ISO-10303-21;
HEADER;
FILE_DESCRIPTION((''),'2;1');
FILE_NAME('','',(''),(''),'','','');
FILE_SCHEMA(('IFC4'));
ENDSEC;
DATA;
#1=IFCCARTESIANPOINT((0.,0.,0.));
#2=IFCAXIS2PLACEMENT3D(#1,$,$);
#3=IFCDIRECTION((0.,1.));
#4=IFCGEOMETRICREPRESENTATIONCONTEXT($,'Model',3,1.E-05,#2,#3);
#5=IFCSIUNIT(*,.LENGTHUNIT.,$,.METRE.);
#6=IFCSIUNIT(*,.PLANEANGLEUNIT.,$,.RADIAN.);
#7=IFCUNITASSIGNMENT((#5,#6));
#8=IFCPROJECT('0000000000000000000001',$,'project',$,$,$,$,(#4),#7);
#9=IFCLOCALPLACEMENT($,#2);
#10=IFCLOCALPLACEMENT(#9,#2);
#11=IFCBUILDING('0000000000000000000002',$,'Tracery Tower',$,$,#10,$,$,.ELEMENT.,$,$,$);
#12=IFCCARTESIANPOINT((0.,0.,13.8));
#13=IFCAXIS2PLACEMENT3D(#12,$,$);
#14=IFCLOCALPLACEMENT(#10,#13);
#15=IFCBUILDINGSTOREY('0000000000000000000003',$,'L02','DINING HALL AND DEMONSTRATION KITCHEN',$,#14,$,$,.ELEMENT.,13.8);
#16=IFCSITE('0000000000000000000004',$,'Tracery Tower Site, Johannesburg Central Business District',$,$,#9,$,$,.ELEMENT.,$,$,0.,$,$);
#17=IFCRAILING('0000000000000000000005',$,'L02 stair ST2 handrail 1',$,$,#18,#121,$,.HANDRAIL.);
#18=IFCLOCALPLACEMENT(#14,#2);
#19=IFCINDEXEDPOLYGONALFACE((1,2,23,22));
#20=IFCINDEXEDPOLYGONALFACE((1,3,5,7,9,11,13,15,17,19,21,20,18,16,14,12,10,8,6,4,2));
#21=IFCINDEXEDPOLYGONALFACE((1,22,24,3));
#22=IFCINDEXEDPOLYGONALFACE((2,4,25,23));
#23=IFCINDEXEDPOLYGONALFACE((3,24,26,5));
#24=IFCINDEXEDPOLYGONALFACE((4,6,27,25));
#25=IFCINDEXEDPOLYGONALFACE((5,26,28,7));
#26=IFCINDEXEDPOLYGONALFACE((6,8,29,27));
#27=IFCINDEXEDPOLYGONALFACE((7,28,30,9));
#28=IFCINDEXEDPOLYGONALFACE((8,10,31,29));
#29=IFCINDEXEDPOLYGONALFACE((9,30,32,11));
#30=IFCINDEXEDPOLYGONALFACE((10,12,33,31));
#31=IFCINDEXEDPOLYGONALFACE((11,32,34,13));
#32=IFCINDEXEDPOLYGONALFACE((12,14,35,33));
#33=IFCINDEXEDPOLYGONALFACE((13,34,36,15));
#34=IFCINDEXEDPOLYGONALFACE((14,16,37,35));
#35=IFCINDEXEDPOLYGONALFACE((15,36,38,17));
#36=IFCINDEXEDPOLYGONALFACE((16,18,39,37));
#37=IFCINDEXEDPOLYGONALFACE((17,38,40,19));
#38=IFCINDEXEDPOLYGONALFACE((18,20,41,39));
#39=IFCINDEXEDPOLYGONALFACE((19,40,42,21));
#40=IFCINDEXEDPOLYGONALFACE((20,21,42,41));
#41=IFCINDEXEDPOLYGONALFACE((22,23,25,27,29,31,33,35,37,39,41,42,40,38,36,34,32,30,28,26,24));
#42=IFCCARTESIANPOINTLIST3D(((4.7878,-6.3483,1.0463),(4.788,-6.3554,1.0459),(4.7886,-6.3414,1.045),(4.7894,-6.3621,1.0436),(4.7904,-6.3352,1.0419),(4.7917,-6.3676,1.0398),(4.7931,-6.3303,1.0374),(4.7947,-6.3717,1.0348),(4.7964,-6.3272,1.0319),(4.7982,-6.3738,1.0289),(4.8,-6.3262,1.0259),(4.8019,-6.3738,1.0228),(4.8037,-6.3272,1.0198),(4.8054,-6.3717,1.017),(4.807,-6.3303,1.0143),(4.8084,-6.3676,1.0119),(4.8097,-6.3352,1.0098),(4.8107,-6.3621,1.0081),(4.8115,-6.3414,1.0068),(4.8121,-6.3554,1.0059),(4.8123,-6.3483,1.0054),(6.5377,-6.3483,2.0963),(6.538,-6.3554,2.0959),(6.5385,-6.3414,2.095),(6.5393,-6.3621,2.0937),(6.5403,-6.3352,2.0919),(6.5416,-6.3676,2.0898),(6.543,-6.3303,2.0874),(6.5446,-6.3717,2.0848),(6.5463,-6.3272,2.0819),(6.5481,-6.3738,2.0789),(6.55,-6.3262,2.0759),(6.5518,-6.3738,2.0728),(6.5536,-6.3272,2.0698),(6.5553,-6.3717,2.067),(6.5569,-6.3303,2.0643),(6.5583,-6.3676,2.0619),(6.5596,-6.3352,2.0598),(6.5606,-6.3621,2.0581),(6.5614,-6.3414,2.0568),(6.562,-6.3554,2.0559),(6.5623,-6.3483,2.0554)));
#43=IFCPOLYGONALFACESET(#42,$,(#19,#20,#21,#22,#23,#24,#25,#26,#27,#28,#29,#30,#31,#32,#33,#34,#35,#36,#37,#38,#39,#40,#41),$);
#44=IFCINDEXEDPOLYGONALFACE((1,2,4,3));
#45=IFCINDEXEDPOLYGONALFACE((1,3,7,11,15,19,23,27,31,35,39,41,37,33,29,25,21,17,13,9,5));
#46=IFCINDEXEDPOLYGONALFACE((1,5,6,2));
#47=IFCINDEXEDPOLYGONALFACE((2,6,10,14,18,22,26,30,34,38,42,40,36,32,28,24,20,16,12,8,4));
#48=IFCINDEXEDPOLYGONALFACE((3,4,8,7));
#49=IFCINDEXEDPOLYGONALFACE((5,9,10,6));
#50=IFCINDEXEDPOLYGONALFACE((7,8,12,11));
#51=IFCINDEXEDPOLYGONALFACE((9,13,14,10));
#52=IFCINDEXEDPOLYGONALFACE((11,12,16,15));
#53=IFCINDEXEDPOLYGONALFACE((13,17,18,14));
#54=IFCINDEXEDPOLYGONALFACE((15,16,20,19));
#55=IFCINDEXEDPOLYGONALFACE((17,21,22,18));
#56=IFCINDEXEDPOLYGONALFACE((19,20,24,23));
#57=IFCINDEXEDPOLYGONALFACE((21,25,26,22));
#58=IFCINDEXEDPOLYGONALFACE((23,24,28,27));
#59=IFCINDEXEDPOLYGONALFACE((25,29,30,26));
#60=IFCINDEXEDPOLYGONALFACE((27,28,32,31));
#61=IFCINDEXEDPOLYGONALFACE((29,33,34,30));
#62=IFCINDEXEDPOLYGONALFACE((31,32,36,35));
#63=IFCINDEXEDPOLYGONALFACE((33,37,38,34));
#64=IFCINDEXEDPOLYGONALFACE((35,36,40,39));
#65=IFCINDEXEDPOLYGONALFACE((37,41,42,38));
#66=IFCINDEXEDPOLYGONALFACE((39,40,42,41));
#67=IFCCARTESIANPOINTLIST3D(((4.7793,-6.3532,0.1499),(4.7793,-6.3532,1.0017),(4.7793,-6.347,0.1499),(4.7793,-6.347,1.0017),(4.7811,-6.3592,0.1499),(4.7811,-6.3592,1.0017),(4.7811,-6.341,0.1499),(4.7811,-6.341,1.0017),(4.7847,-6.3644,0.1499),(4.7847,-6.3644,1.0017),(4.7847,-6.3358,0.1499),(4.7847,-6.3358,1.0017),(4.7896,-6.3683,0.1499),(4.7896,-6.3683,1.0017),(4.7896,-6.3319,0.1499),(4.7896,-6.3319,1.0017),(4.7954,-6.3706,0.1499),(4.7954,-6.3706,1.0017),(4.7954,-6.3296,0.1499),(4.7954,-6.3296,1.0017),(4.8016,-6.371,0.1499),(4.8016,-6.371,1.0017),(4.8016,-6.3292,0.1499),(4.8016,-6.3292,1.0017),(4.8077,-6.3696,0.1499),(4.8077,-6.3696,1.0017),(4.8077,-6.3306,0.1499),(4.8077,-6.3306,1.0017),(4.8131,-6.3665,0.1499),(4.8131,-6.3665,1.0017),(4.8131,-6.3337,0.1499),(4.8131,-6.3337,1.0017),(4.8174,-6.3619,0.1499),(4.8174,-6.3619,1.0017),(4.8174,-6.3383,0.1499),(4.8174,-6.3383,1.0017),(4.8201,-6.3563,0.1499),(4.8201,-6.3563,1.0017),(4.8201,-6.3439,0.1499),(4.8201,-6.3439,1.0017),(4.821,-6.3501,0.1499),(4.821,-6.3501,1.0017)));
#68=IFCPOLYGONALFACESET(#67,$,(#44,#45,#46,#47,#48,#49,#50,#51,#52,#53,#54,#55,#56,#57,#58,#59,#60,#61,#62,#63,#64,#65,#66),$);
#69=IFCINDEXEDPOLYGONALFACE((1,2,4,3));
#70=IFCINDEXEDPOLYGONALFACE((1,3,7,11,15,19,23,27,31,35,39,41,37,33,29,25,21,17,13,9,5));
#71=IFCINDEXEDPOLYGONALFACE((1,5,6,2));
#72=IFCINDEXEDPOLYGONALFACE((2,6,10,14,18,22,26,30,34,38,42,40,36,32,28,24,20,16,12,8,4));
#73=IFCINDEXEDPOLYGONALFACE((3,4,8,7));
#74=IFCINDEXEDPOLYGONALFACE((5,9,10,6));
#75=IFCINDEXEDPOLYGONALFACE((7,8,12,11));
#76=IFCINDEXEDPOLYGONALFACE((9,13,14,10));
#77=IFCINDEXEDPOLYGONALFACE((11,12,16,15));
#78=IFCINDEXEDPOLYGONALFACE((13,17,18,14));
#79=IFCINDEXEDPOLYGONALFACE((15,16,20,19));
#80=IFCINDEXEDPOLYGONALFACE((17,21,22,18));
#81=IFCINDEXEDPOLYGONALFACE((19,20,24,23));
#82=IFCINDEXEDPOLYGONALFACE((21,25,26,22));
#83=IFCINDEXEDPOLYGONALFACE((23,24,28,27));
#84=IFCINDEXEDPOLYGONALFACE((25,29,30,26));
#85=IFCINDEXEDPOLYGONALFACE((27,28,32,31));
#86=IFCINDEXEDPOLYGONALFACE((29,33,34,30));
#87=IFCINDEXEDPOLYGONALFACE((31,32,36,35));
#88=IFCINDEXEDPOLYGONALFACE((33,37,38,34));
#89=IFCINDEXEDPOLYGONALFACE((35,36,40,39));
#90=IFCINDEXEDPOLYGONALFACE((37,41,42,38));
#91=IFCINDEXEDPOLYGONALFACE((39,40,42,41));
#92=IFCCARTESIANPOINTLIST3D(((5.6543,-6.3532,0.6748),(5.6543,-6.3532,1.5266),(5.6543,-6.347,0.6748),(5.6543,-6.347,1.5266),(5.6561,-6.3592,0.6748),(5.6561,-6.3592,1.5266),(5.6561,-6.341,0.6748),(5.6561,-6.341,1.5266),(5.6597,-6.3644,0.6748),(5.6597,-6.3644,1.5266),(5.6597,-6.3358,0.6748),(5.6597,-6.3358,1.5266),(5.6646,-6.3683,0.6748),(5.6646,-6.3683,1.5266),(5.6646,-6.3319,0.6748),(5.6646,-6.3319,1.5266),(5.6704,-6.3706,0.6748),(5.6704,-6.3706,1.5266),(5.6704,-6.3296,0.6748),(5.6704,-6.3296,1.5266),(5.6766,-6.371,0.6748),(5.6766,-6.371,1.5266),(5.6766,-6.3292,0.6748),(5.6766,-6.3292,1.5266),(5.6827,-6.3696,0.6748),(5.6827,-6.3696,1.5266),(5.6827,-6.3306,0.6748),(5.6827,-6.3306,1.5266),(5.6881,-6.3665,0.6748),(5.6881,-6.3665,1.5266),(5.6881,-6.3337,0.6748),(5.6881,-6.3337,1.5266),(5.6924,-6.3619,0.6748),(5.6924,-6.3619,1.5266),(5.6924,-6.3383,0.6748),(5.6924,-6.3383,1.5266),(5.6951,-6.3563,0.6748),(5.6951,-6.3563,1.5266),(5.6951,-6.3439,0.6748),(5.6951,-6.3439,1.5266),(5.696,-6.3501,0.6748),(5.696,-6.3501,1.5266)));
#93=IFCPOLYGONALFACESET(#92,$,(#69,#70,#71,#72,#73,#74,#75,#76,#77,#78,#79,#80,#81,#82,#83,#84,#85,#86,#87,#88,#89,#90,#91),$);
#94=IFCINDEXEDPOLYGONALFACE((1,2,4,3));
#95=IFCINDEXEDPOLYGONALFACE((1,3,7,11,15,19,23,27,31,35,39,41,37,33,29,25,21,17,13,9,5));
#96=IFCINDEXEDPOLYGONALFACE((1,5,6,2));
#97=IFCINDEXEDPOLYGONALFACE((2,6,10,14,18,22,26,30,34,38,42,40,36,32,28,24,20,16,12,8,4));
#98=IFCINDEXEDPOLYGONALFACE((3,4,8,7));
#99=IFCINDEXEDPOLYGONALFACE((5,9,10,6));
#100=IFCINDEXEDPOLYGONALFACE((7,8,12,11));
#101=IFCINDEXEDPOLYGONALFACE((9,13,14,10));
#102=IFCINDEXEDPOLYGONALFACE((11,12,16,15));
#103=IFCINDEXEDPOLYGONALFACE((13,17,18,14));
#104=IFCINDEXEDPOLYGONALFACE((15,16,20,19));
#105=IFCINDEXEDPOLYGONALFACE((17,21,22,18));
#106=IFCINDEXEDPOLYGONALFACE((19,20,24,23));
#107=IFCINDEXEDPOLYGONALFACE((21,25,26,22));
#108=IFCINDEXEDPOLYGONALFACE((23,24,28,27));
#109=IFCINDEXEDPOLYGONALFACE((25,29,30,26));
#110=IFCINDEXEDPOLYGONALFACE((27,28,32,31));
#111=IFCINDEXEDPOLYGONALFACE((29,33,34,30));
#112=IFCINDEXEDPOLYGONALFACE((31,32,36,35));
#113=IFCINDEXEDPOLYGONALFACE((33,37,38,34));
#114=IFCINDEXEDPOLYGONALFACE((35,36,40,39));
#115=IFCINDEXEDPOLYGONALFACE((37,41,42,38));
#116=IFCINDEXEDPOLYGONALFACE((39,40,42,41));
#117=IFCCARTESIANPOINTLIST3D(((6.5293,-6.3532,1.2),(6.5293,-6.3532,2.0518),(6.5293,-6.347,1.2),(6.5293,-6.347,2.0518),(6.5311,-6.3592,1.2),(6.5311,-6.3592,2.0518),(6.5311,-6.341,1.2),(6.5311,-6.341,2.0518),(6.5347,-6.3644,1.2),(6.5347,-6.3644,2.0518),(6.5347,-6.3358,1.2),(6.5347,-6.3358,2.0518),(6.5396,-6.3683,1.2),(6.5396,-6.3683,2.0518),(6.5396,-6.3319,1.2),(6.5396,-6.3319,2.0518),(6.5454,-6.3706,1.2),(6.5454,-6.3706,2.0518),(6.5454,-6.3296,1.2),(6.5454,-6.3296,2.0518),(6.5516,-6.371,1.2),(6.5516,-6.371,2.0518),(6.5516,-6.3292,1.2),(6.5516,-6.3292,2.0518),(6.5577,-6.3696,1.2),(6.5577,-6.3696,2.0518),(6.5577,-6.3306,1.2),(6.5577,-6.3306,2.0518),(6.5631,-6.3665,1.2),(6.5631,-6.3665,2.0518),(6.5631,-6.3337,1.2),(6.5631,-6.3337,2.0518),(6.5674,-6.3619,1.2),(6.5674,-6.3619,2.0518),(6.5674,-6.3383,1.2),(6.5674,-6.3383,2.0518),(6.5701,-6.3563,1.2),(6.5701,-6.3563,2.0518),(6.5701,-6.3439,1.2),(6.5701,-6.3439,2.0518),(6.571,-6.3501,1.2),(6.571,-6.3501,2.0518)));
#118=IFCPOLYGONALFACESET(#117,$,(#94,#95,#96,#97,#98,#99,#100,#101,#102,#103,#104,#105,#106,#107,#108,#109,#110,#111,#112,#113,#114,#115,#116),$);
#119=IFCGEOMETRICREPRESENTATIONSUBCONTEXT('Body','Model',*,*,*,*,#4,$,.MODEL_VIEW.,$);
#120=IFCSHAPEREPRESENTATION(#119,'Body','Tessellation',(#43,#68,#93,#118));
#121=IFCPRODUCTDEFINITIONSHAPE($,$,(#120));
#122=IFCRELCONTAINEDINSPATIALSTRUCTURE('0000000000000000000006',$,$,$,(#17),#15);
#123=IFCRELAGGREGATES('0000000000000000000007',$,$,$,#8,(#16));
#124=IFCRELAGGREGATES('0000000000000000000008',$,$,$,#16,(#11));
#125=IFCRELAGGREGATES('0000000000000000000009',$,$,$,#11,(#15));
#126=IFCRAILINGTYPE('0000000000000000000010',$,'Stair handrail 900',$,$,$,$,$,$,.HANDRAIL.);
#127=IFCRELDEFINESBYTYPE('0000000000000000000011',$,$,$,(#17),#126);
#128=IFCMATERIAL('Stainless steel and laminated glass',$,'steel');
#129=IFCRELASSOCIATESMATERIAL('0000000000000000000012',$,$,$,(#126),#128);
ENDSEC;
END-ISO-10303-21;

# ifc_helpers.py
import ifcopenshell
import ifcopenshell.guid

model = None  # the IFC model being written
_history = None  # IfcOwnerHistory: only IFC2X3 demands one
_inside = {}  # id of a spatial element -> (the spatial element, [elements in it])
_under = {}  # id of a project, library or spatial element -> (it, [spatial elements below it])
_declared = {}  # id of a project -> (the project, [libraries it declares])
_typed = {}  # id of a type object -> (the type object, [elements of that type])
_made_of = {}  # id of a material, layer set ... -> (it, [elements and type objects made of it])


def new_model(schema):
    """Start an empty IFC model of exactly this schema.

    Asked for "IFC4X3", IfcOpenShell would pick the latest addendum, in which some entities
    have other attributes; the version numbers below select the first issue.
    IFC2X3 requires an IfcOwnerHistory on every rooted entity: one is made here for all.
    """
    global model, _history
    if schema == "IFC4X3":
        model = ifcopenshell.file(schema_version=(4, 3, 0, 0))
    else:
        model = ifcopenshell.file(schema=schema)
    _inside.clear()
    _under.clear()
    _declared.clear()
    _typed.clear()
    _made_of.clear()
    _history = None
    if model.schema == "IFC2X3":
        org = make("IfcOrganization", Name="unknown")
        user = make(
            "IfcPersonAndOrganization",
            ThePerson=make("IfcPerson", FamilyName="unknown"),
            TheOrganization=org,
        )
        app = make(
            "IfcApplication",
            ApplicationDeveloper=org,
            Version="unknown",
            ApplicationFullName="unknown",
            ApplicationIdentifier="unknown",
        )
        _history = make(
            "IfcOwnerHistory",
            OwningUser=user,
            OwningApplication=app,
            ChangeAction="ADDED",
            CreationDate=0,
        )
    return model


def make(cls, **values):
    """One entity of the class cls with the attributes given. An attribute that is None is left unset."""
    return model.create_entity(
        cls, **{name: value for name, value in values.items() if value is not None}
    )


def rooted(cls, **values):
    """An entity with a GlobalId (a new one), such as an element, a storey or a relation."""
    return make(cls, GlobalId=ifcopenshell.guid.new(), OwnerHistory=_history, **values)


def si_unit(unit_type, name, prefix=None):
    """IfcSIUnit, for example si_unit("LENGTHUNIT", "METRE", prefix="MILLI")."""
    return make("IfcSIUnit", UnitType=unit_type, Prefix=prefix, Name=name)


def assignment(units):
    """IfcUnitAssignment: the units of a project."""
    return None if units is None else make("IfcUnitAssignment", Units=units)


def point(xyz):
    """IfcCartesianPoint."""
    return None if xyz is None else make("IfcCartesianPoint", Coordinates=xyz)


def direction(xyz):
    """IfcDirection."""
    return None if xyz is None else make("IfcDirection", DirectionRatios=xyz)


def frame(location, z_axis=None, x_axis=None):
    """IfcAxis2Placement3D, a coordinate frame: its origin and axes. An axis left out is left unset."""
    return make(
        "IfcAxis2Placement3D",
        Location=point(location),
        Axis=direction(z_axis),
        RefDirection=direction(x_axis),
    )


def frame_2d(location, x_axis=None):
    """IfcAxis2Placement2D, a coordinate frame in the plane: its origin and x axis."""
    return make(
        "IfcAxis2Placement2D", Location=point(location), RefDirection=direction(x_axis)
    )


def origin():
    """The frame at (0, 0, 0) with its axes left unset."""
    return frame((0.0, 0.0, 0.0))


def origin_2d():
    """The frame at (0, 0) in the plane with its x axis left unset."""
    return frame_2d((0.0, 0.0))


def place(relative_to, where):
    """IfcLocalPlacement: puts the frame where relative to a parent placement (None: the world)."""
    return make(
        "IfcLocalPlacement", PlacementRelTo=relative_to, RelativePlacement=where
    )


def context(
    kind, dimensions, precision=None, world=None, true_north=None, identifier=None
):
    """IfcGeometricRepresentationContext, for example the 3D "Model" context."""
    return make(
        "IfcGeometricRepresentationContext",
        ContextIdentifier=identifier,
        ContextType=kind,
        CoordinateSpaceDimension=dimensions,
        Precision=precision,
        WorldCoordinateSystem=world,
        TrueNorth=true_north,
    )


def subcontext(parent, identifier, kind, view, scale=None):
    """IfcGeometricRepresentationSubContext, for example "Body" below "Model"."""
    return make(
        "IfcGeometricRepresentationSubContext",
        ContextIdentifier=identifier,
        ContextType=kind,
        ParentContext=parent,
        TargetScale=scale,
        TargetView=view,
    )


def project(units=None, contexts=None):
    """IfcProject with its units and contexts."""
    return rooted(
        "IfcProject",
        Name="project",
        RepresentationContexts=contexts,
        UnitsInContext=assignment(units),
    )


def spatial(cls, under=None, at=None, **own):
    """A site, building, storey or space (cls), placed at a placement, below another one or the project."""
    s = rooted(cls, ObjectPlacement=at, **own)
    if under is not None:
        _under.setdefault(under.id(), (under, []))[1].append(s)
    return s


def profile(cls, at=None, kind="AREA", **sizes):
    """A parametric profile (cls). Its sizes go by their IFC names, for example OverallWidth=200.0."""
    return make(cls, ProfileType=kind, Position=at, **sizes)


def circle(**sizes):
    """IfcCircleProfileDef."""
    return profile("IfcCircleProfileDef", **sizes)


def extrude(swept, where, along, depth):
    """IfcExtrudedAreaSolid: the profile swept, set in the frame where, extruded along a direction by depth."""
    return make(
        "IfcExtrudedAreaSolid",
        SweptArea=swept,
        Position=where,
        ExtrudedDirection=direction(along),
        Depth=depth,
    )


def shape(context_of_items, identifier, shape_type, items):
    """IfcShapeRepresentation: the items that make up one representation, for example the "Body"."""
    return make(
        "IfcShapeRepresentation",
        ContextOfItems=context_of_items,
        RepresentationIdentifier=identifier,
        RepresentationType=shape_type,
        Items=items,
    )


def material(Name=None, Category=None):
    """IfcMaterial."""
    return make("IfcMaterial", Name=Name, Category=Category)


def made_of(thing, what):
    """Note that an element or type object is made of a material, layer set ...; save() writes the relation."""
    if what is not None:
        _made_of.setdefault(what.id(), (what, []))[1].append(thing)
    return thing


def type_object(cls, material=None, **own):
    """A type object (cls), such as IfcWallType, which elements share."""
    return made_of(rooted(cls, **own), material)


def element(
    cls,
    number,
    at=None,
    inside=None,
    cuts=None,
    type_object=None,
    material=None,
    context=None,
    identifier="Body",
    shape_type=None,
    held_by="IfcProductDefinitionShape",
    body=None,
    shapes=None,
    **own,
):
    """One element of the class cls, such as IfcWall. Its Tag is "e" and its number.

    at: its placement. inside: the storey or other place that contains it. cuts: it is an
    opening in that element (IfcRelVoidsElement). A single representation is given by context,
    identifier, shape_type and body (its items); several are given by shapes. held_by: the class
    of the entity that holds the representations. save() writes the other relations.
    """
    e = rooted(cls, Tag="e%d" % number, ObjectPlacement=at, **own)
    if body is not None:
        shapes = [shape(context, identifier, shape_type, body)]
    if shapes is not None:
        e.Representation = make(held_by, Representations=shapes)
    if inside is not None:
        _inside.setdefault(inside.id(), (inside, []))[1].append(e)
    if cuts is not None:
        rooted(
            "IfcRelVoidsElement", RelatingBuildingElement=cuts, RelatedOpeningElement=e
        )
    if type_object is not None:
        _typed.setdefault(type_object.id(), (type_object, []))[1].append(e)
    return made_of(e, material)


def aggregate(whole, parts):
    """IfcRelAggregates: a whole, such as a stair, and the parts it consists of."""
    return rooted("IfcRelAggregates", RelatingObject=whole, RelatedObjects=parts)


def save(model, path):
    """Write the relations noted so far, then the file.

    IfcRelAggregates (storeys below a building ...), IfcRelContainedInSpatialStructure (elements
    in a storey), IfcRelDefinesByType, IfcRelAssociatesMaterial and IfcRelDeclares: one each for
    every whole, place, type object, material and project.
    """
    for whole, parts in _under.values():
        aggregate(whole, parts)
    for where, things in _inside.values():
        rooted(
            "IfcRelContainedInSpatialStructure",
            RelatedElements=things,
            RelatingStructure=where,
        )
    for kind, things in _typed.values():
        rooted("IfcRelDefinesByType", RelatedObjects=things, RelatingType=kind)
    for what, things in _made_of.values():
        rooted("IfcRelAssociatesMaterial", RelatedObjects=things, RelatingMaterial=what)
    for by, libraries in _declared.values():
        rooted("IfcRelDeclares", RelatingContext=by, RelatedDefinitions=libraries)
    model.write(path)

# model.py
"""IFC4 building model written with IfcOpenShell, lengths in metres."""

from ifc_helpers import new_model, si_unit, direction, frame, origin, origin_2d, place, context, subcontext, project, spatial, circle, extrude, material, type_object, element, save


model = new_model("IFC4")

# Units and contexts
model_context = context("Model", 3, precision=1e-05, world=origin(), true_north=direction((0.0, 1.0)))
body_context = subcontext(model_context, "Body", "Model", "MODEL_VIEW")
ifc_project = project(units=[si_unit("LENGTHUNIT", "METRE"), si_unit("PLANEANGLEUNIT", "RADIAN")], contexts=[model_context])

# Site, building, storey
site_placement = place(None, origin())
site = spatial("IfcSite", under=ifc_project, at=site_placement, Name="Tracery Tower Site, Johannesburg Central Business District", CompositionType="ELEMENT", RefElevation=0.0)
building_placement = place(site_placement, origin())
building = spatial("IfcBuilding", under=site, at=building_placement, Name="Tracery Tower", CompositionType="ELEMENT")
storey_placement = place(building_placement, frame((0.0, 0.0, 13.8)))
storey = spatial("IfcBuildingStorey", under=building, at=storey_placement, Name="L02", Description="DINING HALL AND DEMONSTRATION KITCHEN", CompositionType="ELEMENT", Elevation=13.8)

# Railing
ifc_material_1 = material(Name="Stainless steel and laminated glass", Category="steel")
railing_type_1 = type_object("IfcRailingType", Name="Stair handrail 900", PredefinedType="HANDRAIL", material=ifc_material_1)
railing_1_placement = place(storey_placement, frame((4.8, -6.3501, 0.1499)))
element("IfcRailing", 1, at=railing_1_placement, inside=storey, type_object=railing_type_1, Name="L02 stair ST2 handrail 1", PredefinedType="HANDRAIL", context=body_context, shape_type="SweptSolid", body=[
    extrude(circle(Radius=0.0239, at=origin_2d()), frame((0.0, 0.0, 0.876), z_axis=(0.857482, 0.0, 0.514513), x_axis=(0.0, 1.0, 0.0)), (0.0, 0.0, 1.0), 2.0408),
    extrude(circle(Radius=0.021, at=origin_2d()), origin(), (0.0, 0.0, 1.0), 0.8518),
    extrude(circle(Radius=0.021, at=origin_2d()), frame((0.875, 0.0, 0.5249)), (0.0, 0.0, 1.0), 0.8518),
    extrude(circle(Radius=0.021, at=origin_2d()), frame((1.75, 0.0, 1.05)), (0.0, 0.0, 1.0), 0.8518),
])

save(model, "model.ifc")
